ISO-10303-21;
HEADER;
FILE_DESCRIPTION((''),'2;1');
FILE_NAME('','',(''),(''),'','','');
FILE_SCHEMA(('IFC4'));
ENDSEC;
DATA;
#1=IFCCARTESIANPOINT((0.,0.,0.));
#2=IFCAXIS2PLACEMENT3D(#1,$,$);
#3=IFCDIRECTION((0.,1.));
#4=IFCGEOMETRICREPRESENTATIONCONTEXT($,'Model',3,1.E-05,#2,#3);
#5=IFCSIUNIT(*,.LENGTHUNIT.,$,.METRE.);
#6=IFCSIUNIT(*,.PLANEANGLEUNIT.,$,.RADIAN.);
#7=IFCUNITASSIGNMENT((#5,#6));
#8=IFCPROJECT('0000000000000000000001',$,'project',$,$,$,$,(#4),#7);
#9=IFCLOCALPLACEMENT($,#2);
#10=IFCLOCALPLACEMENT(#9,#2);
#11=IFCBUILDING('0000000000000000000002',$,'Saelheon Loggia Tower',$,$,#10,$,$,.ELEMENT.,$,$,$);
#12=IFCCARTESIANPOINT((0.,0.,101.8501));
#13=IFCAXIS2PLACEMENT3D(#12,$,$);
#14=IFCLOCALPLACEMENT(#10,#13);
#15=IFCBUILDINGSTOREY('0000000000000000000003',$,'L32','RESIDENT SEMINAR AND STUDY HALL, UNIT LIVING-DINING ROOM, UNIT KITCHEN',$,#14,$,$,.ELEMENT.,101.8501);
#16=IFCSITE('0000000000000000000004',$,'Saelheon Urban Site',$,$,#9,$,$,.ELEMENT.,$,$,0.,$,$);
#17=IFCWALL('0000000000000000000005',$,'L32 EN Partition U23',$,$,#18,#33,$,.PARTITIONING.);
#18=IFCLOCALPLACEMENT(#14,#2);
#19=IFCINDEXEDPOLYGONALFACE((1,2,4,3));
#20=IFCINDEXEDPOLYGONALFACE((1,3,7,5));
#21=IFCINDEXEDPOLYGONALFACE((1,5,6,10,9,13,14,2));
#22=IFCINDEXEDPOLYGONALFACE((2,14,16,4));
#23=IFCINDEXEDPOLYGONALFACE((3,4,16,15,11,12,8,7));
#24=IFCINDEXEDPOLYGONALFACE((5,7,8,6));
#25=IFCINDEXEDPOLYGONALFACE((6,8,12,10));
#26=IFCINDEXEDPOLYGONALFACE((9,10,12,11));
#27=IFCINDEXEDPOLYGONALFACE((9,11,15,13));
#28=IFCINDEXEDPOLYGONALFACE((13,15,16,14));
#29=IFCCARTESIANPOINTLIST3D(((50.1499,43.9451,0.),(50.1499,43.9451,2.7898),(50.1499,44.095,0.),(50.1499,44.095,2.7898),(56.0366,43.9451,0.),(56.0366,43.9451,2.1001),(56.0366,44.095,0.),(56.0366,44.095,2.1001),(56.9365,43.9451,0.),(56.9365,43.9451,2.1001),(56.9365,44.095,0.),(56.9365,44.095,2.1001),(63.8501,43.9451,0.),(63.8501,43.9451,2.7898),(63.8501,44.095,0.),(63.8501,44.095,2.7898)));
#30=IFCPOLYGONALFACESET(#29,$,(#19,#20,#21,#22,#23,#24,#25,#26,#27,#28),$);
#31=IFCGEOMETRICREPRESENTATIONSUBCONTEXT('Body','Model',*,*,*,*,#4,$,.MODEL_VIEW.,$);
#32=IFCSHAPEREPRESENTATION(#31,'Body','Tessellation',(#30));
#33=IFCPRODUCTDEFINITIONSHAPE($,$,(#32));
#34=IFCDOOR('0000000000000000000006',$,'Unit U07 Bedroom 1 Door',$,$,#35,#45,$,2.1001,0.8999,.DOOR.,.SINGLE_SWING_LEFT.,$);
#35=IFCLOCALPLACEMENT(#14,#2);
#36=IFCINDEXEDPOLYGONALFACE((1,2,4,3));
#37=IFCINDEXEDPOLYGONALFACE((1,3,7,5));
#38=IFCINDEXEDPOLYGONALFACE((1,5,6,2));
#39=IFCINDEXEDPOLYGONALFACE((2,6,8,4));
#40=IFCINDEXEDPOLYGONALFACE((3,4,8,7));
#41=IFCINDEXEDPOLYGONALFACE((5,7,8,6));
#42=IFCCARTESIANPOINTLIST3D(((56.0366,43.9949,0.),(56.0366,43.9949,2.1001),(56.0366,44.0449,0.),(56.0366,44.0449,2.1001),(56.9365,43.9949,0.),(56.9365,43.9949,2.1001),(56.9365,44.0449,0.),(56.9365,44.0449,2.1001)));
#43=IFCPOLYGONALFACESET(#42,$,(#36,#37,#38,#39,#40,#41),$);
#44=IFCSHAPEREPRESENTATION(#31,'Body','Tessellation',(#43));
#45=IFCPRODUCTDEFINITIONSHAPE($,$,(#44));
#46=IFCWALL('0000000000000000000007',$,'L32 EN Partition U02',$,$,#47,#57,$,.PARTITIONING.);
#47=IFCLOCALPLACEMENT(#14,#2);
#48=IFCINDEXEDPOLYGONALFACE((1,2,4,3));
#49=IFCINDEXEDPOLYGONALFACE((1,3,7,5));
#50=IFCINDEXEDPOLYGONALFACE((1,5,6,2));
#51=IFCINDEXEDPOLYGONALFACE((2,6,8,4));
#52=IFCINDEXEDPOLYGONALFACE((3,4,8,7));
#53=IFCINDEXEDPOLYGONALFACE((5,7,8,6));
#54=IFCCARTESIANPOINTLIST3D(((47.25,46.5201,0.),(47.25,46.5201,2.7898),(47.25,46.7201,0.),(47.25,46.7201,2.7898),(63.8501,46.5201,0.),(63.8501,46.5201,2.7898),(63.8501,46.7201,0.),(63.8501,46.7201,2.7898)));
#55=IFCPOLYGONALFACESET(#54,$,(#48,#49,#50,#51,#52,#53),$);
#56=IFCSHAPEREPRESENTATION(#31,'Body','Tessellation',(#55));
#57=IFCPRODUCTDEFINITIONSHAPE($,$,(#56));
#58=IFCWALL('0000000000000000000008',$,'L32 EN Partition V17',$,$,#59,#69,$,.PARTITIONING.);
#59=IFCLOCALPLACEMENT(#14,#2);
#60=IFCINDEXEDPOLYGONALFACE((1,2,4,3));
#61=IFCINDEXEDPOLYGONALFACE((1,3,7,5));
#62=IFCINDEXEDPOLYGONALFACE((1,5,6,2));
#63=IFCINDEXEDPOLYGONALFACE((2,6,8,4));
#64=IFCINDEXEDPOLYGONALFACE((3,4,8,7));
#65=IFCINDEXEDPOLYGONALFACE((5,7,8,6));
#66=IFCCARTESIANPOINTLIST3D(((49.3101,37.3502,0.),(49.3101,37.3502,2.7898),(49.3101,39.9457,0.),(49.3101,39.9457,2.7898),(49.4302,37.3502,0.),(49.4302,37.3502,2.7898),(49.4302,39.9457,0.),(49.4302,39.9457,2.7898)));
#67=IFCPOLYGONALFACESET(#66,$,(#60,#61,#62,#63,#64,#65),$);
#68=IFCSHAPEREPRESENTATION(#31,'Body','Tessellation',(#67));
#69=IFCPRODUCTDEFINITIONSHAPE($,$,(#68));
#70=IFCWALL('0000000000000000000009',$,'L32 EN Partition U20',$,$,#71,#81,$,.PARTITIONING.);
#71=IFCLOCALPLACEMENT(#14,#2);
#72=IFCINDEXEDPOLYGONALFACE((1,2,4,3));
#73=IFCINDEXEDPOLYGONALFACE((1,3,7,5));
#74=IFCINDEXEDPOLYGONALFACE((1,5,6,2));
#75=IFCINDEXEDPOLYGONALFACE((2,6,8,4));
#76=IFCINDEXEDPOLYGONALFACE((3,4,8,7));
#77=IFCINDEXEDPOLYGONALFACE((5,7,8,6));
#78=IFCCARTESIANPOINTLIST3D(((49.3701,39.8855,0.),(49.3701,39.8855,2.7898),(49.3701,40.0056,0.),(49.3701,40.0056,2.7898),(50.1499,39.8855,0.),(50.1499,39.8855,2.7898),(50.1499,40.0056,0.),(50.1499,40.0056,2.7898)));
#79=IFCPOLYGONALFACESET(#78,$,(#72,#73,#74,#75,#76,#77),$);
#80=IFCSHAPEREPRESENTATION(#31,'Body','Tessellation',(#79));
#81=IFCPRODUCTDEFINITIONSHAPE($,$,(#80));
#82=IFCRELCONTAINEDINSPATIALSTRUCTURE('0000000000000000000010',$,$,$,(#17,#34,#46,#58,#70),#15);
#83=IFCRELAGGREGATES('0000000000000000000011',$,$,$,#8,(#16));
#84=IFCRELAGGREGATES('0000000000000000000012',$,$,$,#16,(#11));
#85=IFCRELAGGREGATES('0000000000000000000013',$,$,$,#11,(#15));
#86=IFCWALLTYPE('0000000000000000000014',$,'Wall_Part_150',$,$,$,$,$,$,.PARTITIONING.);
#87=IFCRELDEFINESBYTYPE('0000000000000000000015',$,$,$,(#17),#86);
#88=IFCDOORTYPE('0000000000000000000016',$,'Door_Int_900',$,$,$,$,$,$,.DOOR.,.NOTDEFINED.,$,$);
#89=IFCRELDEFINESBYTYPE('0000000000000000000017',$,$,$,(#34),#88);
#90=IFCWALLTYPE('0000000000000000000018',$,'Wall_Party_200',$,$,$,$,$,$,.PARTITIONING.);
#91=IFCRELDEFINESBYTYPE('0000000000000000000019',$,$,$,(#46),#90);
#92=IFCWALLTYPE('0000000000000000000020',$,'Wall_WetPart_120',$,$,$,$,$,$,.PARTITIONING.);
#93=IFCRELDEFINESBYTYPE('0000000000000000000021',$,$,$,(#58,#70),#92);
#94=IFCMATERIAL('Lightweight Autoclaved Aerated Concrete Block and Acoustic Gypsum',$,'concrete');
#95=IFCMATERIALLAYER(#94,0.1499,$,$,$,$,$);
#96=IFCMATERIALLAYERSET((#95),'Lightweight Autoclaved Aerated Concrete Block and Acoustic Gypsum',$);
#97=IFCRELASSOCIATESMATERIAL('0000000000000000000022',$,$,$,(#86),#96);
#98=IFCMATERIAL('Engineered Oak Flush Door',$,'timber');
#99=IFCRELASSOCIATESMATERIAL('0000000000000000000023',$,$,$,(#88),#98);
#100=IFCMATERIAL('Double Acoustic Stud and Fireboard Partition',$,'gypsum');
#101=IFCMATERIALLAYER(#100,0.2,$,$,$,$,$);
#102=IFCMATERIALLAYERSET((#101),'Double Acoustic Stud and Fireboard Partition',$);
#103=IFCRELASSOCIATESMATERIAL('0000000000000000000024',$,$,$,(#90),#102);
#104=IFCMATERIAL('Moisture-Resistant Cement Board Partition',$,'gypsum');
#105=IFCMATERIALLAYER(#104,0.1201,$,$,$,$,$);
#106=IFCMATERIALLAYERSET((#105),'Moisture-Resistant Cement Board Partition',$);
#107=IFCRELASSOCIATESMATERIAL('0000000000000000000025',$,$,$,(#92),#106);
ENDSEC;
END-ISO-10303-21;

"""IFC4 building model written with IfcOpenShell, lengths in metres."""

from ifc_helpers import new_model, si_unit, direction, frame, frame_2d, origin, place, context, subcontext, project, spatial, rectangle, extrude, source, transform, mapped, material, layer, layer_set, type_object, element, fill, save


model = new_model("IFC4")

# Units and contexts
model_context = context("Model", 3, precision=1e-05, world=origin(), true_north=direction((0.0, 1.0)))
body_context = subcontext(model_context, "Body", "Model", "MODEL_VIEW")
ifc_project = project(units=[si_unit("LENGTHUNIT", "METRE"), si_unit("PLANEANGLEUNIT", "RADIAN")], contexts=[model_context])

# Site, building, storey
site_placement = place(None, origin())
site = spatial("IfcSite", under=ifc_project, at=site_placement, Name="Saelheon Urban Site", CompositionType="ELEMENT", RefElevation=0.0)
building_placement = place(site_placement, origin())
building = spatial("IfcBuilding", under=site, at=building_placement, Name="Saelheon Loggia Tower", CompositionType="ELEMENT")
storey_placement = place(building_placement, frame((0.0, 0.0, 101.8501)))
storey = spatial("IfcBuildingStorey", under=building, at=storey_placement, Name="L32", Description="RESIDENT SEMINAR AND STUDY HALL, UNIT LIVING-DINING ROOM, UNIT KITCHEN", CompositionType="ELEMENT", Elevation=101.8501)

# Shared definitions
ifc_material_1 = material(Name="Lightweight Autoclaved Aerated Concrete Block and Acoustic Gypsum", Category="concrete")
ifc_layer_1 = layer(ifc_material_1, 0.1499)
ifc_layer_set_1 = layer_set([ifc_layer_1], Name="Lightweight Autoclaved Aerated Concrete Block and Acoustic Gypsum")
wall_type_1 = type_object("IfcWallType", Name="Wall_Part_150", PredefinedType="PARTITIONING", material=ifc_layer_set_1)

# Wall, opening, door
ifc_material_2 = material(Name="Engineered Oak Flush Door", Category="timber")
door_type = type_object("IfcDoorType", Name="Door_Int_900", OperationType="NOTDEFINED", PredefinedType="DOOR", material=ifc_material_2)
shared_shape_1 = source(origin(), body_context, "Body", "SweptSolid", [
    extrude(rectangle(XDim=0.8999, YDim=2.1001, at=frame_2d((0.45, 1.05))), frame((0.0, 0.0249, 0.0), z_axis=(0.0, -1.0, 0.0), x_axis=(1.0, 0.0, 0.0)), (0.0, 0.0, 1.0), 0.05),
])
wall_1_placement = place(storey_placement, frame((50.1499, 44.02, 0.0), z_axis=(0.0, 0.0, 1.0), x_axis=(1.0, 0.0, 0.0)))
wall_1 = element("IfcWall", 1, at=wall_1_placement, inside=storey, type_object=wall_type_1, Name="L32 EN Partition U23", PredefinedType="PARTITIONING", context=body_context, shape_type="SweptSolid", body=[
    extrude(rectangle(XDim=13.7002, YDim=0.1499, at=frame_2d((6.8501, 0.0))), origin(), (0.0, 0.0, 1.0), 2.7898),
])
opening_1_placement = place(wall_1_placement, frame((5.8867, 0.0, 0.0)))
opening_1 = element("IfcOpeningElement", 2, at=opening_1_placement, cuts=wall_1, PredefinedType="OPENING", context=body_context, shape_type="SweptSolid", body=[
    extrude(rectangle(XDim=0.8999, YDim=2.1001, at=frame_2d((0.45, 1.05))), frame((0.0, 0.0869, 0.0), z_axis=(0.0, -1.0, 0.0), x_axis=(1.0, 0.0, 0.0)), (0.0, 0.0, 1.0), 0.1738),
])
door_1_placement = place(opening_1_placement, origin())
door_1 = element("IfcDoor", 3, at=door_1_placement, inside=storey, type_object=door_type, Name="Unit U07 Bedroom 1 Door", OperationType="SINGLE_SWING_LEFT", OverallHeight=2.1001, OverallWidth=0.8999, PredefinedType="DOOR", context=body_context, shape_type="MappedRepresentation", body=[
    mapped(shared_shape_1, transform((0.0, 0.0, 0.0), scale=1.0)),
])
fill(opening_1, door_1)

# Walls
ifc_material_3 = material(Name="Double Acoustic Stud and Fireboard Partition", Category="gypsum")
ifc_layer_2 = layer(ifc_material_3, 0.2)
ifc_layer_set_2 = layer_set([ifc_layer_2], Name="Double Acoustic Stud and Fireboard Partition")
wall_type_2 = type_object("IfcWallType", Name="Wall_Party_200", PredefinedType="PARTITIONING", material=ifc_layer_set_2)
wall_2_placement = place(storey_placement, frame((47.25, 46.6201, 0.0), z_axis=(0.0, 0.0, 1.0), x_axis=(1.0, 0.0, 0.0)))
element("IfcWall", 4, at=wall_2_placement, inside=storey, type_object=wall_type_2, Name="L32 EN Partition U02", PredefinedType="PARTITIONING", context=body_context, shape_type="SweptSolid", body=[
    extrude(rectangle(XDim=16.6001, YDim=0.2, at=frame_2d((8.3, 0.0))), origin(), (0.0, 0.0, 1.0), 2.7898),
])
ifc_material_4 = material(Name="Moisture-Resistant Cement Board Partition", Category="gypsum")
ifc_layer_3 = layer(ifc_material_4, 0.1201)
ifc_layer_set_3 = layer_set([ifc_layer_3], Name="Moisture-Resistant Cement Board Partition")
wall_type_3 = type_object("IfcWallType", Name="Wall_WetPart_120", PredefinedType="PARTITIONING", material=ifc_layer_set_3)
wall_3_placement = place(storey_placement, frame((49.3701, 37.3501, 0.0), z_axis=(0.0, 0.0, 1.0), x_axis=(0.0, 1.0, 0.0)))
element("IfcWall", 5, at=wall_3_placement, inside=storey, type_object=wall_type_3, Name="L32 EN Partition V17", PredefinedType="PARTITIONING", context=body_context, shape_type="SweptSolid", body=[
    extrude(rectangle(XDim=2.5955, YDim=0.1201, at=frame_2d((1.2979, 0.0))), origin(), (0.0, 0.0, 1.0), 2.7898),
])
wall_4_placement = place(storey_placement, frame((49.3701, 39.9456, 0.0), z_axis=(0.0, 0.0, 1.0), x_axis=(1.0, 0.0, 0.0)))
element("IfcWall", 6, at=wall_4_placement, inside=storey, type_object=wall_type_3, Name="L32 EN Partition U20", PredefinedType="PARTITIONING", context=body_context, shape_type="SweptSolid", body=[
    extrude(rectangle(XDim=0.7798, YDim=0.1201, at=frame_2d((0.3899, 0.0))), origin(), (0.0, 0.0, 1.0), 2.7898),
])

save(model, "model.ifc")
